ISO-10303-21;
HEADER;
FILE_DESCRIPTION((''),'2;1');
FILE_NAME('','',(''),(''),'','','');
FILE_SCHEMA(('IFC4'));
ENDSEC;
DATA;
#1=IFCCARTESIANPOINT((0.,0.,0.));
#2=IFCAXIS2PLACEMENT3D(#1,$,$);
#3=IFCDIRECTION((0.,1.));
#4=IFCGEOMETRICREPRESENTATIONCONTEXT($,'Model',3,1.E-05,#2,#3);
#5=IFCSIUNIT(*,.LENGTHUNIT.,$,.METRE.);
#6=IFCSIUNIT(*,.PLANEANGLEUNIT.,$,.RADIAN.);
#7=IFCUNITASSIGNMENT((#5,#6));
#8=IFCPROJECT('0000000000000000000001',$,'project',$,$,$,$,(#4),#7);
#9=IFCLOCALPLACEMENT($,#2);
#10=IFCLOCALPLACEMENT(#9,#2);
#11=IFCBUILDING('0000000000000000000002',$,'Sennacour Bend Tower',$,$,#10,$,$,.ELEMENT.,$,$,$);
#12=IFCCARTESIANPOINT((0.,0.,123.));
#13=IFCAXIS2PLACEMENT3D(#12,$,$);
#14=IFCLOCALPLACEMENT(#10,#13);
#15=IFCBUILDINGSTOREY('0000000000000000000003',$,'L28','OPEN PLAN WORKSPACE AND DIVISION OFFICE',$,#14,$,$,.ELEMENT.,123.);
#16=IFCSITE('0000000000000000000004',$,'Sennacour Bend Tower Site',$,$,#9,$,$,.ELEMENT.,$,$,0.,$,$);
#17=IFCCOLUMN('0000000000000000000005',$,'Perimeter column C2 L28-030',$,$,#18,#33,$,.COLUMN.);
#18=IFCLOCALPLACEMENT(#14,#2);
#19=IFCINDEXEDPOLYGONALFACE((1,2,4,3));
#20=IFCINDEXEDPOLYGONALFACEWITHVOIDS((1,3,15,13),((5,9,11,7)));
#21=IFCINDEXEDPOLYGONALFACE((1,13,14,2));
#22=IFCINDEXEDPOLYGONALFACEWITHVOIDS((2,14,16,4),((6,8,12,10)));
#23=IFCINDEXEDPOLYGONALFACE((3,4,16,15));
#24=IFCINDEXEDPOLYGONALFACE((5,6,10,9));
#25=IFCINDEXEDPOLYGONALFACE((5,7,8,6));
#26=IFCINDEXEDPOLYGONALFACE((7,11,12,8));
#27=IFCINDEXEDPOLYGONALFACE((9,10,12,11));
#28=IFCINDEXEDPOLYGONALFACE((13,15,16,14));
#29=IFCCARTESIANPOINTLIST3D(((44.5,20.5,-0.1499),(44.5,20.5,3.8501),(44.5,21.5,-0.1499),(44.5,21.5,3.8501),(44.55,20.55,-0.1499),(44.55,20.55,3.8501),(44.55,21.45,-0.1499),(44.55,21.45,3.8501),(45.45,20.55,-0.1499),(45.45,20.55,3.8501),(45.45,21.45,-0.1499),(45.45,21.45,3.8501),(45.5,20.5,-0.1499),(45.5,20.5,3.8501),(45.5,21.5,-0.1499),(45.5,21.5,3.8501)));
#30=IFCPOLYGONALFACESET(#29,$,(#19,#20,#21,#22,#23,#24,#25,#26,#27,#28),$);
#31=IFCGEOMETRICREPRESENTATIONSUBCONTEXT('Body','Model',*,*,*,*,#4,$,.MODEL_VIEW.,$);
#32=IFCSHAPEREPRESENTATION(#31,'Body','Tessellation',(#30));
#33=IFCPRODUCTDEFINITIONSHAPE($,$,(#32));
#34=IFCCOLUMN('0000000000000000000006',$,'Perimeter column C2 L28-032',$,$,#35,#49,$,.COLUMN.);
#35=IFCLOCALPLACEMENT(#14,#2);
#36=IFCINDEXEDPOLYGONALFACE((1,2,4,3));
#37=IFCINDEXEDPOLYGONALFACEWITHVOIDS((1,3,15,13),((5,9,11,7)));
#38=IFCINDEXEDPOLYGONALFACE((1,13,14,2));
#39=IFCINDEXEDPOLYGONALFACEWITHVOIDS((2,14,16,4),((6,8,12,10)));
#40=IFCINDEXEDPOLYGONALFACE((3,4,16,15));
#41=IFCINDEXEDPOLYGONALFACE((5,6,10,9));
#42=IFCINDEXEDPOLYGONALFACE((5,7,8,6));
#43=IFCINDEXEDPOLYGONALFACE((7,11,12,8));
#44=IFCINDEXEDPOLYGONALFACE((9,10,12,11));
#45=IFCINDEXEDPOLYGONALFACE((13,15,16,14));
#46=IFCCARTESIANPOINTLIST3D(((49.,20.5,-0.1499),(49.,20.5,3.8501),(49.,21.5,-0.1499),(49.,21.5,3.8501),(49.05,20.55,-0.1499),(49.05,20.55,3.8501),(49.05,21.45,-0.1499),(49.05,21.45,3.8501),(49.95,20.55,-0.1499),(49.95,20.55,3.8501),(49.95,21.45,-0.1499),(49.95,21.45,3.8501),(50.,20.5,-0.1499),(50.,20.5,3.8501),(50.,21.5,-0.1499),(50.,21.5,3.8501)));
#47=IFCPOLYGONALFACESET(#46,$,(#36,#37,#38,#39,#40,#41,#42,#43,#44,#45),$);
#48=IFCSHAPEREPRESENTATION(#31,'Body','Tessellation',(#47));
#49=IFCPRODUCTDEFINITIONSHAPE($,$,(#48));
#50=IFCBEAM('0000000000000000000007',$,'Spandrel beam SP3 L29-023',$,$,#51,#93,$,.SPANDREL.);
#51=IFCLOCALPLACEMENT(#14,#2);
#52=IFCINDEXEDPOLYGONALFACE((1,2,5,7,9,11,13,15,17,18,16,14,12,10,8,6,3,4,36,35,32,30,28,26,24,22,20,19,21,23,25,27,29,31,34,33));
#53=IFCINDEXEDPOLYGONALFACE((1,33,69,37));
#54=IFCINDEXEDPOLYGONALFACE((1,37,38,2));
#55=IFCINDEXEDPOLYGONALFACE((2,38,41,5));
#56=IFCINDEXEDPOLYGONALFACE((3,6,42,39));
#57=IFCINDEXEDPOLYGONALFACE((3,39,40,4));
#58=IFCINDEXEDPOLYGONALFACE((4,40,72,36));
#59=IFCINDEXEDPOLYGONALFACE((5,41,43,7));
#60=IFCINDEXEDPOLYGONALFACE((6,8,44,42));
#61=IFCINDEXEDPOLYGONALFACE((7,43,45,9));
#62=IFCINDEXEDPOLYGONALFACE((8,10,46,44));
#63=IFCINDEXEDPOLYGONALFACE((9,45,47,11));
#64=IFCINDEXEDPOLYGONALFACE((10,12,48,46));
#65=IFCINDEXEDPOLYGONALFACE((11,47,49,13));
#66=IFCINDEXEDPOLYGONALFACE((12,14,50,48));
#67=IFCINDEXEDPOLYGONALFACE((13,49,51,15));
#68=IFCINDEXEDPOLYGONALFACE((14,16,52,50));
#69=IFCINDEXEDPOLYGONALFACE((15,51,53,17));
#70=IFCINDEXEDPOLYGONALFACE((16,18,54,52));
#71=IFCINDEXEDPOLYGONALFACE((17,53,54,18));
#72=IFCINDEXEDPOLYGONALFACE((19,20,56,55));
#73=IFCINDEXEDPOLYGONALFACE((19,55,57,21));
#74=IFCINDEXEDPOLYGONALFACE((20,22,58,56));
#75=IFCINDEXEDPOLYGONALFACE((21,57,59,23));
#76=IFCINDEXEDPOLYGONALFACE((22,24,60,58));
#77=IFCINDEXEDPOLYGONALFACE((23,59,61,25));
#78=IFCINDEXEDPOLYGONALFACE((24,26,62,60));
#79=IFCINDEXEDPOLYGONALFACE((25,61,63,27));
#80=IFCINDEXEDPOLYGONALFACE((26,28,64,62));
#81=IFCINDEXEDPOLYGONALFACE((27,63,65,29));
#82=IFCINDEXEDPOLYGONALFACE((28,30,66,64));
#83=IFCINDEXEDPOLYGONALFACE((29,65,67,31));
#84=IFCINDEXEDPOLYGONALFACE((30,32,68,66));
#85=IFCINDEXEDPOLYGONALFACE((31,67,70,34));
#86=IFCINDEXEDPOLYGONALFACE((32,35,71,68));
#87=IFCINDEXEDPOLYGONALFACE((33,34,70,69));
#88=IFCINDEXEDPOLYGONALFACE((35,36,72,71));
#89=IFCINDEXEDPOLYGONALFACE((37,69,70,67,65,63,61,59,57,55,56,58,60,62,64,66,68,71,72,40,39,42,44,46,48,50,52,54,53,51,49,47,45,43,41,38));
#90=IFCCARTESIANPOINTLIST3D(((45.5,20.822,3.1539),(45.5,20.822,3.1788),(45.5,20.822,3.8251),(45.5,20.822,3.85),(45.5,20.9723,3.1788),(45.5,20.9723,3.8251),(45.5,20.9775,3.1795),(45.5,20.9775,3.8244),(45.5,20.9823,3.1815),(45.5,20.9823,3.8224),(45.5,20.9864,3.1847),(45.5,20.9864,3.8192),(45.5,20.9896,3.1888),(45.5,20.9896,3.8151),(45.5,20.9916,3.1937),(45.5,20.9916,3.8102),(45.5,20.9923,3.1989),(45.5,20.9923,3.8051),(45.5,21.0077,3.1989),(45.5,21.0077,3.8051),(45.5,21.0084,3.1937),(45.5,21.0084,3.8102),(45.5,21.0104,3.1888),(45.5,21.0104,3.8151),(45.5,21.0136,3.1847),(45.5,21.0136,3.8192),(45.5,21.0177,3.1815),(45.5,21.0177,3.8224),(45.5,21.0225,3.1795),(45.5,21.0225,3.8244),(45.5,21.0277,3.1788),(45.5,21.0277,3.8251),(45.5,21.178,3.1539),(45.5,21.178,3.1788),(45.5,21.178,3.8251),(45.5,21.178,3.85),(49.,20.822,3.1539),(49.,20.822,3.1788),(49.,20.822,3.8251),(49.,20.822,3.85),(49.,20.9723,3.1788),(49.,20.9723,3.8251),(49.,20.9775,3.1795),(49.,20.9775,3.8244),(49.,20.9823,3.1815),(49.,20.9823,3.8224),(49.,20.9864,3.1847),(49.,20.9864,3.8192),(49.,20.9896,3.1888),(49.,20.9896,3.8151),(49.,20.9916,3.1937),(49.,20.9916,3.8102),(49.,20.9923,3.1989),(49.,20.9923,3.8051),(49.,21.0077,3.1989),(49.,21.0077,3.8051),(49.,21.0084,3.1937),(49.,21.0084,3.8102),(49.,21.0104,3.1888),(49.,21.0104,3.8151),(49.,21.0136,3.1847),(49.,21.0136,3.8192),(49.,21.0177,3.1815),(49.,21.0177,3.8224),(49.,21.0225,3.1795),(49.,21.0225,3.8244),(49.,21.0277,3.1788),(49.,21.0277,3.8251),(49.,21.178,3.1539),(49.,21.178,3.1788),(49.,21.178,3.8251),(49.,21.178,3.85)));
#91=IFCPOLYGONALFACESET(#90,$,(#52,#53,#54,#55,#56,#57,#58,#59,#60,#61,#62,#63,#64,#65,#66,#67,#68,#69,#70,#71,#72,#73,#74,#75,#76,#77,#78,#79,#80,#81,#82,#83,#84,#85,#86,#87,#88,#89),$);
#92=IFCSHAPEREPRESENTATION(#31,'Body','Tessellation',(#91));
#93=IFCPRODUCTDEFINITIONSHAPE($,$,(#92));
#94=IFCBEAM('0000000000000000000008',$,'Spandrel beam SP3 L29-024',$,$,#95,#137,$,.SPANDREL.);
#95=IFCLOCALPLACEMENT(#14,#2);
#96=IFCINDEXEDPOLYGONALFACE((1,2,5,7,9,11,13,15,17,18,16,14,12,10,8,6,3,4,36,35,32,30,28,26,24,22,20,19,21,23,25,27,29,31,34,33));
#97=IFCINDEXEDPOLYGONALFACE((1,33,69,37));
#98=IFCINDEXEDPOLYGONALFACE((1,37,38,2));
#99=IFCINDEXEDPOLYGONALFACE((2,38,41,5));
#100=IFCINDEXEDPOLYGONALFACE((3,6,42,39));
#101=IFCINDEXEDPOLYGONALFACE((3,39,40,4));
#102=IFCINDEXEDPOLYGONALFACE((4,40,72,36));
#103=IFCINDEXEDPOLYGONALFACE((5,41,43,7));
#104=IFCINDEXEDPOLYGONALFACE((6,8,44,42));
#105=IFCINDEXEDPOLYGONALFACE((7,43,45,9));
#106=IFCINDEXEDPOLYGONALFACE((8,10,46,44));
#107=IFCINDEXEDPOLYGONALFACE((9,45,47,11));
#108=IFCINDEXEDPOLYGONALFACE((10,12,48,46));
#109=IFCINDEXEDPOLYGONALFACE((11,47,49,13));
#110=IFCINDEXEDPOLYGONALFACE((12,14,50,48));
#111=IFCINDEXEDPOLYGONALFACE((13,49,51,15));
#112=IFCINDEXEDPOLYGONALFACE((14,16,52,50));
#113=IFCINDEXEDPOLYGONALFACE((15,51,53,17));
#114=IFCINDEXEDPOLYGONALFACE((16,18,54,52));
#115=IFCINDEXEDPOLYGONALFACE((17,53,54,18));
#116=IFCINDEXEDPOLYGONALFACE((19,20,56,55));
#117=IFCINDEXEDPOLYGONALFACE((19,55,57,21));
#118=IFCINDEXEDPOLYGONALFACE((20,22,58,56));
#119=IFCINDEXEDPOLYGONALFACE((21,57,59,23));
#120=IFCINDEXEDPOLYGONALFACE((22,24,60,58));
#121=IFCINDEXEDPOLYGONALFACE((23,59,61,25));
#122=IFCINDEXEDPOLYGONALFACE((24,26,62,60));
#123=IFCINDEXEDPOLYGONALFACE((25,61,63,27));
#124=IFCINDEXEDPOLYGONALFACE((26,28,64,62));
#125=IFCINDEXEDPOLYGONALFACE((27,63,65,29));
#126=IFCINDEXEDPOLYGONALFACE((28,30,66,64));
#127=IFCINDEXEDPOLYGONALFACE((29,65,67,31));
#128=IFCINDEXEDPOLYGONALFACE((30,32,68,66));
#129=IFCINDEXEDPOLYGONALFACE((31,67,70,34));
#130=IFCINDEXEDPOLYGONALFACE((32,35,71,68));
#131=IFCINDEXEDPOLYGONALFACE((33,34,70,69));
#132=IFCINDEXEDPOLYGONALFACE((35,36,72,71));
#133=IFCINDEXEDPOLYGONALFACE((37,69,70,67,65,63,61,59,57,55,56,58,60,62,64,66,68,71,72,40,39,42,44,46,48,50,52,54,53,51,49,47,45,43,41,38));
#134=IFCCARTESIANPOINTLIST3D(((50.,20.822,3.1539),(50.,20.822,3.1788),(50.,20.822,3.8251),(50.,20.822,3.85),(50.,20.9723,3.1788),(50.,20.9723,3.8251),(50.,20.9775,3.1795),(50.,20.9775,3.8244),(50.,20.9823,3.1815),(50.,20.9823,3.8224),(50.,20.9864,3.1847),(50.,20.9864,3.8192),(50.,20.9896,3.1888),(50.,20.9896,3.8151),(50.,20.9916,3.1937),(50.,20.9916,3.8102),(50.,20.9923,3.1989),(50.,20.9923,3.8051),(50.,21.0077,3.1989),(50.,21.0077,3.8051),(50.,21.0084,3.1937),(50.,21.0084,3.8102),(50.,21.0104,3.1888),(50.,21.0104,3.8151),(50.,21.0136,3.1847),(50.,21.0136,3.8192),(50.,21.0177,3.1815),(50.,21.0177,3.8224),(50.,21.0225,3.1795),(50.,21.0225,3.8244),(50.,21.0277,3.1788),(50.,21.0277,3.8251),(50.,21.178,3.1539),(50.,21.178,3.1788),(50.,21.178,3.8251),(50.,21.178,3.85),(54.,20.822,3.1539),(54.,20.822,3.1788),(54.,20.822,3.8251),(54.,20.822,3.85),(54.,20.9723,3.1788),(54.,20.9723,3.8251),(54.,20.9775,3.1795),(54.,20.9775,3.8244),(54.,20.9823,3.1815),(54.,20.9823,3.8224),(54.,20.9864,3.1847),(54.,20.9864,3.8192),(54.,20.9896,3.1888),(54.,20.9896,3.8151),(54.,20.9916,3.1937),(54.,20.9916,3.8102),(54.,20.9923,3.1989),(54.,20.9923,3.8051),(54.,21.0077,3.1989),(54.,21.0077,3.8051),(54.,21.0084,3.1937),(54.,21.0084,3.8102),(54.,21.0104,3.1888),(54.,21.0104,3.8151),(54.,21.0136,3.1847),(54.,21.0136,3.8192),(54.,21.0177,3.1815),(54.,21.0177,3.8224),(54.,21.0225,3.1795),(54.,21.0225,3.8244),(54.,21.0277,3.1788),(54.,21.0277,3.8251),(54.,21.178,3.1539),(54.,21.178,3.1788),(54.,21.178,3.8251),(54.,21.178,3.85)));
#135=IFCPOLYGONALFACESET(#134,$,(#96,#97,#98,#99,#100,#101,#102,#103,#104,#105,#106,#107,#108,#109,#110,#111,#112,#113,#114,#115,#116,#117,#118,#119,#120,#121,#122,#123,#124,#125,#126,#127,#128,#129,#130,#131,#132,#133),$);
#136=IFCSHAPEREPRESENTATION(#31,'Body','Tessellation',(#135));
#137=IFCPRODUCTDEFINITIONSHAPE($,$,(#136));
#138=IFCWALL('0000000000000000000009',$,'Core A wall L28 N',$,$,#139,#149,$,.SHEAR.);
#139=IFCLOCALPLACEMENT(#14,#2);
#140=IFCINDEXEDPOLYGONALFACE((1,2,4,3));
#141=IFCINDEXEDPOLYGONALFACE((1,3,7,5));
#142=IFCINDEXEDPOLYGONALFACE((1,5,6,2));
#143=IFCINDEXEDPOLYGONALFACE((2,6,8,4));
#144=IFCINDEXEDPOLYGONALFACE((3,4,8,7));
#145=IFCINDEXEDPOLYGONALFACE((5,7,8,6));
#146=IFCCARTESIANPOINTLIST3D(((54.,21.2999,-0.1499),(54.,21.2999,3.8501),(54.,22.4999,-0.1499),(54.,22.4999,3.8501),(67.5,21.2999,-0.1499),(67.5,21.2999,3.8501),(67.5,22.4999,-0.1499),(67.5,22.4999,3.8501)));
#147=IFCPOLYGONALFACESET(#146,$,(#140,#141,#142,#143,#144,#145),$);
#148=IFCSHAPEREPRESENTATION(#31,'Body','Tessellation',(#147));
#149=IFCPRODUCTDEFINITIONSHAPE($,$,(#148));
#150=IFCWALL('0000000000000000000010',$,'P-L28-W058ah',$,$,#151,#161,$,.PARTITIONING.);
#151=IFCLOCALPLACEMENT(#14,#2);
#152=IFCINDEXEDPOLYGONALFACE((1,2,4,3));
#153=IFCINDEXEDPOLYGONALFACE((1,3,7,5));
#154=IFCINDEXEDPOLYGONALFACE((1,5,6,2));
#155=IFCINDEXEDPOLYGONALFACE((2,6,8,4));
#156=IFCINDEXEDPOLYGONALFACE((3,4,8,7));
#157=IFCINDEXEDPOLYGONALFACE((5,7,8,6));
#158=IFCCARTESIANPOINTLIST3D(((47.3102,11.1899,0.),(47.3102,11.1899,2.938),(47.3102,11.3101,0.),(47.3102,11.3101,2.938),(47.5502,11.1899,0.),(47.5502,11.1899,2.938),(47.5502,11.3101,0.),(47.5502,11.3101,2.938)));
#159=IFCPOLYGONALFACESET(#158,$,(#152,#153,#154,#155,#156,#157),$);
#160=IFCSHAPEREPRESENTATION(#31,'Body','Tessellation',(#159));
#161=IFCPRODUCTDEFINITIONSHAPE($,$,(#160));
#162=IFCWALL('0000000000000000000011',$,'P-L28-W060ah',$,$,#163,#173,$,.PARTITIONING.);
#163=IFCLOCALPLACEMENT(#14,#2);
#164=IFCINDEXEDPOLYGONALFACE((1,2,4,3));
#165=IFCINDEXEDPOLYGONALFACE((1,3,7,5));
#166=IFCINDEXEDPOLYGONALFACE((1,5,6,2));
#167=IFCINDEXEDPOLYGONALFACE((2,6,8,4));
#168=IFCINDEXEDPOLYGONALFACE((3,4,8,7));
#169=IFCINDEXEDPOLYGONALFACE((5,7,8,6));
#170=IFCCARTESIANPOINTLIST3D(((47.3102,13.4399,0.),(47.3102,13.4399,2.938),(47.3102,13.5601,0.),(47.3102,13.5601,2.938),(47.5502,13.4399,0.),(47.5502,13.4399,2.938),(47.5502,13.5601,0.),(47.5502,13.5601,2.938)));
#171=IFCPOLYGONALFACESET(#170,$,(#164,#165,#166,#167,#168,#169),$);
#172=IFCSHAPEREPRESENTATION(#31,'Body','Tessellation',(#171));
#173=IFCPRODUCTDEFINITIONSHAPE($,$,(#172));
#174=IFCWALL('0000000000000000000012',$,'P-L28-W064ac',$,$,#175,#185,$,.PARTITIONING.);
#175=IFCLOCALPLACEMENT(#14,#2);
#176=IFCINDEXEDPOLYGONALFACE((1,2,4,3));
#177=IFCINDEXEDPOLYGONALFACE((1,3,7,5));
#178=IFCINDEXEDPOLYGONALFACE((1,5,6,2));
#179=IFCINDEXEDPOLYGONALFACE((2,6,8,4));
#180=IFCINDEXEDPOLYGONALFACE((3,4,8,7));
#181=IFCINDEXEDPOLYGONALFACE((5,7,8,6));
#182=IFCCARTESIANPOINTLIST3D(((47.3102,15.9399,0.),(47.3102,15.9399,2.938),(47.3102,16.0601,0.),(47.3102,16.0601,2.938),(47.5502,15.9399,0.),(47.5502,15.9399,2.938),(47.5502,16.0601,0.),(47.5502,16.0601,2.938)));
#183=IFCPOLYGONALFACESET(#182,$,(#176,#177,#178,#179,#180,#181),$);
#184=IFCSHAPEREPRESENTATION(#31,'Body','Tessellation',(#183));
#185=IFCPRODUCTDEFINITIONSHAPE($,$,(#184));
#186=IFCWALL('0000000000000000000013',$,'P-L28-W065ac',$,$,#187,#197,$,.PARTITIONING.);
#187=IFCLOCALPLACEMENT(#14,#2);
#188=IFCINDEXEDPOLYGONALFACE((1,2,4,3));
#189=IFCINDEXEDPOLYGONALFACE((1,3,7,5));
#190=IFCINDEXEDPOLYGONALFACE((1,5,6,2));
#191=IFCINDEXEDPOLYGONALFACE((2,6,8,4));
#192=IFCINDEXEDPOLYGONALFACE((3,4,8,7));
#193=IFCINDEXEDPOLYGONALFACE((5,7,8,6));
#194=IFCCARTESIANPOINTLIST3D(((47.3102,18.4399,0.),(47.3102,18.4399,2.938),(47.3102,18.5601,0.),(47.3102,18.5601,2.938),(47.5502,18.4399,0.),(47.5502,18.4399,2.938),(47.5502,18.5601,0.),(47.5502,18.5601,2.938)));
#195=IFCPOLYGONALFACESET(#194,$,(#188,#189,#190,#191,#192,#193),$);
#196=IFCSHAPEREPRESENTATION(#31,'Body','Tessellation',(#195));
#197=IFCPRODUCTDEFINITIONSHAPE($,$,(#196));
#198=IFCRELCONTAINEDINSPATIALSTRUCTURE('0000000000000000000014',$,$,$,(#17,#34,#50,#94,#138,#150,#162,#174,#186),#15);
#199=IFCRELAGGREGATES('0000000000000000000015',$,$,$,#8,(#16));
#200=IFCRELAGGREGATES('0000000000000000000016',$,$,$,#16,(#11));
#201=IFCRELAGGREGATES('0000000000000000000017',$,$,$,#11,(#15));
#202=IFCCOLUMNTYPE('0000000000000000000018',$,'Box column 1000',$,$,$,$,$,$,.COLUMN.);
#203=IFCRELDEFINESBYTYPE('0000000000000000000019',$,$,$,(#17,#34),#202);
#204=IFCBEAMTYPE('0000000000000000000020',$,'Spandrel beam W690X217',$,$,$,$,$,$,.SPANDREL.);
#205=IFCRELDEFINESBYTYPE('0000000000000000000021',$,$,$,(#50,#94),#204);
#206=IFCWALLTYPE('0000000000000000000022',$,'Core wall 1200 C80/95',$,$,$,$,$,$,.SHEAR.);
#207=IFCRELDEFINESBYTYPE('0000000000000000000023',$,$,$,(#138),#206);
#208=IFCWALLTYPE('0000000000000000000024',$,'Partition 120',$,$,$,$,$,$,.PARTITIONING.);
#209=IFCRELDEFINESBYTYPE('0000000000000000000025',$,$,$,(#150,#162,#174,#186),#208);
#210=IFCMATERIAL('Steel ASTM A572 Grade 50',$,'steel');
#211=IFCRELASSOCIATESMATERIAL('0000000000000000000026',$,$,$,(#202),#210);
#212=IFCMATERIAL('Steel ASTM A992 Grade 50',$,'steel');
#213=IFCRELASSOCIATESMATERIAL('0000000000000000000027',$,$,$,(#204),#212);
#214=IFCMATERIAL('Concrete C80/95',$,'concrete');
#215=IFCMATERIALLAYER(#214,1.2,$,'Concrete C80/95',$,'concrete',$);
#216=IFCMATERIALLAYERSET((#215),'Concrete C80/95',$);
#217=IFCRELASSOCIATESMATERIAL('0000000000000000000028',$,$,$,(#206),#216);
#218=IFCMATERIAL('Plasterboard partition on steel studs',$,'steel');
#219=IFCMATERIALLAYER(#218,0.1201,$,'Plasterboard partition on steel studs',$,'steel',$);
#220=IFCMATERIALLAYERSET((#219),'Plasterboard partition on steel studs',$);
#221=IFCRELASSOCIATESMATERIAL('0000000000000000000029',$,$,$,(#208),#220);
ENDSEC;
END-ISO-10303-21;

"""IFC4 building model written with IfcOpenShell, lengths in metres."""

from ifc_helpers import new_model, si_unit, direction, frame, frame_2d, origin, origin_2d, place, context, subcontext, project, spatial, rectangle, hollow_rectangle, i_section, extrude, material, layer, layer_set, material_profile, profile_set, type_object, element, save


model = new_model("IFC4")

# Units and contexts
model_context = context("Model", 3, precision=1e-05, world=origin(), true_north=direction((0.0, 1.0)))
body_context = subcontext(model_context, "Body", "Model", "MODEL_VIEW")
ifc_project = project(units=[si_unit("LENGTHUNIT", "METRE"), si_unit("PLANEANGLEUNIT", "RADIAN")], contexts=[model_context])

# Site, building, storey
site_placement = place(None, origin())
site = spatial("IfcSite", under=ifc_project, at=site_placement, Name="Sennacour Bend Tower Site", CompositionType="ELEMENT", RefElevation=0.0)
building_placement = place(site_placement, origin())
building = spatial("IfcBuilding", under=site, at=building_placement, Name="Sennacour Bend Tower", CompositionType="ELEMENT")
storey_placement = place(building_placement, frame((0.0, 0.0, 123.0)))
storey = spatial("IfcBuildingStorey", under=building, at=storey_placement, Name="L28", Description="OPEN PLAN WORKSPACE AND DIVISION OFFICE", CompositionType="ELEMENT", Elevation=123.0)

# Columns
ifc_material_1 = material(Name="Steel ASTM A572 Grade 50", Category="steel")
ifc_material_profile_1 = material_profile(ifc_material_1, hollow_rectangle(XDim=1.0, YDim=1.0, WallThickness=0.05, at=origin_2d()), Name="Steel ASTM A572 Grade 50", Category="steel")
ifc_profile_set_1 = profile_set([ifc_material_profile_1], Name="Steel ASTM A572 Grade 50")
column_type = type_object("IfcColumnType", Name="Box column 1000", PredefinedType="COLUMN", material=ifc_profile_set_1)
for number, where, z_axis, x_axis, name in (
    (1, (45.0, 21.0, -0.1499), (0.0, 0.0, 1.0), (1.0, 0.0, 0.0), "Perimeter column C2 L28-030"),
    (2, (49.5, 21.0, -0.1499), (0.0, 0.0, 1.0), (1.0, 0.0, 0.0), "Perimeter column C2 L28-032"),
):
    element("IfcColumn", number, at=place(storey_placement, frame(where, z_axis=z_axis, x_axis=x_axis)), inside=storey, type_object=column_type, Name=name, PredefinedType="COLUMN", context=body_context, shape_type="SweptSolid", body=[
        extrude(hollow_rectangle(XDim=1.0, YDim=1.0, WallThickness=0.05, at=origin_2d()), origin(), (0.0, 0.0, 1.0), 4.0),
    ])

# Beams
ifc_material_2 = material(Name="Steel ASTM A992 Grade 50", Category="steel")
ifc_material_profile_2 = material_profile(ifc_material_2, i_section(OverallWidth=0.356, OverallDepth=0.696, WebThickness=0.0154, FlangeThickness=0.0249, FilletRadius=0.02, at=origin_2d()), Name="Steel ASTM A992 Grade 50", Category="steel")
ifc_profile_set_2 = profile_set([ifc_material_profile_2], Name="Steel ASTM A992 Grade 50")
beam_type = type_object("IfcBeamType", Name="Spandrel beam W690X217", PredefinedType="SPANDREL", material=ifc_profile_set_2)
beam_1_placement = place(storey_placement, frame((45.5, 21.0, 3.502), z_axis=(1.0, 0.0, 0.0), x_axis=(0.0, 1.0, 0.0)))
element("IfcBeam", 3, at=beam_1_placement, inside=storey, type_object=beam_type, Name="Spandrel beam SP3 L29-023", PredefinedType="SPANDREL", context=body_context, shape_type="SweptSolid", body=[
    extrude(i_section(OverallWidth=0.356, OverallDepth=0.696, WebThickness=0.0154, FlangeThickness=0.0249, FilletRadius=0.02, at=origin_2d()), origin(), (0.0, 0.0, 1.0), 3.5),
])
beam_2_placement = place(storey_placement, frame((50.0, 21.0, 3.502), z_axis=(1.0, 0.0, 0.0), x_axis=(0.0, 1.0, 0.0)))
element("IfcBeam", 4, at=beam_2_placement, inside=storey, type_object=beam_type, Name="Spandrel beam SP3 L29-024", PredefinedType="SPANDREL", context=body_context, shape_type="SweptSolid", body=[
    extrude(i_section(OverallWidth=0.356, OverallDepth=0.696, WebThickness=0.0154, FlangeThickness=0.0249, FilletRadius=0.02, at=origin_2d()), origin(), (0.0, 0.0, 1.0), 4.0),
])

# Walls
ifc_material_3 = material(Name="Concrete C80/95", Category="concrete")
ifc_layer_1 = layer(ifc_material_3, 1.2, Name="Concrete C80/95", Category="concrete")
ifc_layer_set_1 = layer_set([ifc_layer_1], Name="Concrete C80/95")
wall_type_1 = type_object("IfcWallType", Name="Core wall 1200 C80/95", PredefinedType="SHEAR", material=ifc_layer_set_1)
wall_1_placement = place(storey_placement, frame((54.0, 21.8999, -0.1499), z_axis=(0.0, 0.0, 1.0), x_axis=(1.0, 0.0, 0.0)))
element("IfcWall", 5, at=wall_1_placement, inside=storey, type_object=wall_type_1, Name="Core A wall L28 N", PredefinedType="SHEAR", context=body_context, shape_type="SweptSolid", body=[
    extrude(rectangle(XDim=13.5, YDim=1.2, at=frame_2d((6.75, 0.0))), origin(), (0.0, 0.0, 1.0), 4.0),
])
ifc_material_4 = material(Name="Plasterboard partition on steel studs", Category="steel")
ifc_layer_2 = layer(ifc_material_4, 0.1201, Name="Plasterboard partition on steel studs", Category="steel")
ifc_layer_set_2 = layer_set([ifc_layer_2], Name="Plasterboard partition on steel studs")
wall_type_2 = type_object("IfcWallType", Name="Partition 120", PredefinedType="PARTITIONING", material=ifc_layer_set_2)
for number, where, z_axis, x_axis, name in (
    (6, (47.3101, 11.25, 0.0), (0.0, 0.0, 1.0), (1.0, 0.0, 0.0), "P-L28-W058ah"),
    (7, (47.3101, 13.5, 0.0), (0.0, 0.0, 1.0), (1.0, 0.0, 0.0), "P-L28-W060ah"),
    (8, (47.3101, 16.0, 0.0), (0.0, 0.0, 1.0), (1.0, 0.0, 0.0), "P-L28-W064ac"),
    (9, (47.3101, 18.5, 0.0), (0.0, 0.0, 1.0), (1.0, 0.0, 0.0), "P-L28-W065ac"),
):
    element("IfcWall", number, at=place(storey_placement, frame(where, z_axis=z_axis, x_axis=x_axis)), inside=storey, type_object=wall_type_2, Name=name, PredefinedType="PARTITIONING", context=body_context, shape_type="SweptSolid", body=[
        extrude(rectangle(XDim=0.24, YDim=0.1201, at=frame_2d((0.1201, 0.0))), origin(), (0.0, 0.0, 1.0), 2.938),
    ])

save(model, "model.ifc")
